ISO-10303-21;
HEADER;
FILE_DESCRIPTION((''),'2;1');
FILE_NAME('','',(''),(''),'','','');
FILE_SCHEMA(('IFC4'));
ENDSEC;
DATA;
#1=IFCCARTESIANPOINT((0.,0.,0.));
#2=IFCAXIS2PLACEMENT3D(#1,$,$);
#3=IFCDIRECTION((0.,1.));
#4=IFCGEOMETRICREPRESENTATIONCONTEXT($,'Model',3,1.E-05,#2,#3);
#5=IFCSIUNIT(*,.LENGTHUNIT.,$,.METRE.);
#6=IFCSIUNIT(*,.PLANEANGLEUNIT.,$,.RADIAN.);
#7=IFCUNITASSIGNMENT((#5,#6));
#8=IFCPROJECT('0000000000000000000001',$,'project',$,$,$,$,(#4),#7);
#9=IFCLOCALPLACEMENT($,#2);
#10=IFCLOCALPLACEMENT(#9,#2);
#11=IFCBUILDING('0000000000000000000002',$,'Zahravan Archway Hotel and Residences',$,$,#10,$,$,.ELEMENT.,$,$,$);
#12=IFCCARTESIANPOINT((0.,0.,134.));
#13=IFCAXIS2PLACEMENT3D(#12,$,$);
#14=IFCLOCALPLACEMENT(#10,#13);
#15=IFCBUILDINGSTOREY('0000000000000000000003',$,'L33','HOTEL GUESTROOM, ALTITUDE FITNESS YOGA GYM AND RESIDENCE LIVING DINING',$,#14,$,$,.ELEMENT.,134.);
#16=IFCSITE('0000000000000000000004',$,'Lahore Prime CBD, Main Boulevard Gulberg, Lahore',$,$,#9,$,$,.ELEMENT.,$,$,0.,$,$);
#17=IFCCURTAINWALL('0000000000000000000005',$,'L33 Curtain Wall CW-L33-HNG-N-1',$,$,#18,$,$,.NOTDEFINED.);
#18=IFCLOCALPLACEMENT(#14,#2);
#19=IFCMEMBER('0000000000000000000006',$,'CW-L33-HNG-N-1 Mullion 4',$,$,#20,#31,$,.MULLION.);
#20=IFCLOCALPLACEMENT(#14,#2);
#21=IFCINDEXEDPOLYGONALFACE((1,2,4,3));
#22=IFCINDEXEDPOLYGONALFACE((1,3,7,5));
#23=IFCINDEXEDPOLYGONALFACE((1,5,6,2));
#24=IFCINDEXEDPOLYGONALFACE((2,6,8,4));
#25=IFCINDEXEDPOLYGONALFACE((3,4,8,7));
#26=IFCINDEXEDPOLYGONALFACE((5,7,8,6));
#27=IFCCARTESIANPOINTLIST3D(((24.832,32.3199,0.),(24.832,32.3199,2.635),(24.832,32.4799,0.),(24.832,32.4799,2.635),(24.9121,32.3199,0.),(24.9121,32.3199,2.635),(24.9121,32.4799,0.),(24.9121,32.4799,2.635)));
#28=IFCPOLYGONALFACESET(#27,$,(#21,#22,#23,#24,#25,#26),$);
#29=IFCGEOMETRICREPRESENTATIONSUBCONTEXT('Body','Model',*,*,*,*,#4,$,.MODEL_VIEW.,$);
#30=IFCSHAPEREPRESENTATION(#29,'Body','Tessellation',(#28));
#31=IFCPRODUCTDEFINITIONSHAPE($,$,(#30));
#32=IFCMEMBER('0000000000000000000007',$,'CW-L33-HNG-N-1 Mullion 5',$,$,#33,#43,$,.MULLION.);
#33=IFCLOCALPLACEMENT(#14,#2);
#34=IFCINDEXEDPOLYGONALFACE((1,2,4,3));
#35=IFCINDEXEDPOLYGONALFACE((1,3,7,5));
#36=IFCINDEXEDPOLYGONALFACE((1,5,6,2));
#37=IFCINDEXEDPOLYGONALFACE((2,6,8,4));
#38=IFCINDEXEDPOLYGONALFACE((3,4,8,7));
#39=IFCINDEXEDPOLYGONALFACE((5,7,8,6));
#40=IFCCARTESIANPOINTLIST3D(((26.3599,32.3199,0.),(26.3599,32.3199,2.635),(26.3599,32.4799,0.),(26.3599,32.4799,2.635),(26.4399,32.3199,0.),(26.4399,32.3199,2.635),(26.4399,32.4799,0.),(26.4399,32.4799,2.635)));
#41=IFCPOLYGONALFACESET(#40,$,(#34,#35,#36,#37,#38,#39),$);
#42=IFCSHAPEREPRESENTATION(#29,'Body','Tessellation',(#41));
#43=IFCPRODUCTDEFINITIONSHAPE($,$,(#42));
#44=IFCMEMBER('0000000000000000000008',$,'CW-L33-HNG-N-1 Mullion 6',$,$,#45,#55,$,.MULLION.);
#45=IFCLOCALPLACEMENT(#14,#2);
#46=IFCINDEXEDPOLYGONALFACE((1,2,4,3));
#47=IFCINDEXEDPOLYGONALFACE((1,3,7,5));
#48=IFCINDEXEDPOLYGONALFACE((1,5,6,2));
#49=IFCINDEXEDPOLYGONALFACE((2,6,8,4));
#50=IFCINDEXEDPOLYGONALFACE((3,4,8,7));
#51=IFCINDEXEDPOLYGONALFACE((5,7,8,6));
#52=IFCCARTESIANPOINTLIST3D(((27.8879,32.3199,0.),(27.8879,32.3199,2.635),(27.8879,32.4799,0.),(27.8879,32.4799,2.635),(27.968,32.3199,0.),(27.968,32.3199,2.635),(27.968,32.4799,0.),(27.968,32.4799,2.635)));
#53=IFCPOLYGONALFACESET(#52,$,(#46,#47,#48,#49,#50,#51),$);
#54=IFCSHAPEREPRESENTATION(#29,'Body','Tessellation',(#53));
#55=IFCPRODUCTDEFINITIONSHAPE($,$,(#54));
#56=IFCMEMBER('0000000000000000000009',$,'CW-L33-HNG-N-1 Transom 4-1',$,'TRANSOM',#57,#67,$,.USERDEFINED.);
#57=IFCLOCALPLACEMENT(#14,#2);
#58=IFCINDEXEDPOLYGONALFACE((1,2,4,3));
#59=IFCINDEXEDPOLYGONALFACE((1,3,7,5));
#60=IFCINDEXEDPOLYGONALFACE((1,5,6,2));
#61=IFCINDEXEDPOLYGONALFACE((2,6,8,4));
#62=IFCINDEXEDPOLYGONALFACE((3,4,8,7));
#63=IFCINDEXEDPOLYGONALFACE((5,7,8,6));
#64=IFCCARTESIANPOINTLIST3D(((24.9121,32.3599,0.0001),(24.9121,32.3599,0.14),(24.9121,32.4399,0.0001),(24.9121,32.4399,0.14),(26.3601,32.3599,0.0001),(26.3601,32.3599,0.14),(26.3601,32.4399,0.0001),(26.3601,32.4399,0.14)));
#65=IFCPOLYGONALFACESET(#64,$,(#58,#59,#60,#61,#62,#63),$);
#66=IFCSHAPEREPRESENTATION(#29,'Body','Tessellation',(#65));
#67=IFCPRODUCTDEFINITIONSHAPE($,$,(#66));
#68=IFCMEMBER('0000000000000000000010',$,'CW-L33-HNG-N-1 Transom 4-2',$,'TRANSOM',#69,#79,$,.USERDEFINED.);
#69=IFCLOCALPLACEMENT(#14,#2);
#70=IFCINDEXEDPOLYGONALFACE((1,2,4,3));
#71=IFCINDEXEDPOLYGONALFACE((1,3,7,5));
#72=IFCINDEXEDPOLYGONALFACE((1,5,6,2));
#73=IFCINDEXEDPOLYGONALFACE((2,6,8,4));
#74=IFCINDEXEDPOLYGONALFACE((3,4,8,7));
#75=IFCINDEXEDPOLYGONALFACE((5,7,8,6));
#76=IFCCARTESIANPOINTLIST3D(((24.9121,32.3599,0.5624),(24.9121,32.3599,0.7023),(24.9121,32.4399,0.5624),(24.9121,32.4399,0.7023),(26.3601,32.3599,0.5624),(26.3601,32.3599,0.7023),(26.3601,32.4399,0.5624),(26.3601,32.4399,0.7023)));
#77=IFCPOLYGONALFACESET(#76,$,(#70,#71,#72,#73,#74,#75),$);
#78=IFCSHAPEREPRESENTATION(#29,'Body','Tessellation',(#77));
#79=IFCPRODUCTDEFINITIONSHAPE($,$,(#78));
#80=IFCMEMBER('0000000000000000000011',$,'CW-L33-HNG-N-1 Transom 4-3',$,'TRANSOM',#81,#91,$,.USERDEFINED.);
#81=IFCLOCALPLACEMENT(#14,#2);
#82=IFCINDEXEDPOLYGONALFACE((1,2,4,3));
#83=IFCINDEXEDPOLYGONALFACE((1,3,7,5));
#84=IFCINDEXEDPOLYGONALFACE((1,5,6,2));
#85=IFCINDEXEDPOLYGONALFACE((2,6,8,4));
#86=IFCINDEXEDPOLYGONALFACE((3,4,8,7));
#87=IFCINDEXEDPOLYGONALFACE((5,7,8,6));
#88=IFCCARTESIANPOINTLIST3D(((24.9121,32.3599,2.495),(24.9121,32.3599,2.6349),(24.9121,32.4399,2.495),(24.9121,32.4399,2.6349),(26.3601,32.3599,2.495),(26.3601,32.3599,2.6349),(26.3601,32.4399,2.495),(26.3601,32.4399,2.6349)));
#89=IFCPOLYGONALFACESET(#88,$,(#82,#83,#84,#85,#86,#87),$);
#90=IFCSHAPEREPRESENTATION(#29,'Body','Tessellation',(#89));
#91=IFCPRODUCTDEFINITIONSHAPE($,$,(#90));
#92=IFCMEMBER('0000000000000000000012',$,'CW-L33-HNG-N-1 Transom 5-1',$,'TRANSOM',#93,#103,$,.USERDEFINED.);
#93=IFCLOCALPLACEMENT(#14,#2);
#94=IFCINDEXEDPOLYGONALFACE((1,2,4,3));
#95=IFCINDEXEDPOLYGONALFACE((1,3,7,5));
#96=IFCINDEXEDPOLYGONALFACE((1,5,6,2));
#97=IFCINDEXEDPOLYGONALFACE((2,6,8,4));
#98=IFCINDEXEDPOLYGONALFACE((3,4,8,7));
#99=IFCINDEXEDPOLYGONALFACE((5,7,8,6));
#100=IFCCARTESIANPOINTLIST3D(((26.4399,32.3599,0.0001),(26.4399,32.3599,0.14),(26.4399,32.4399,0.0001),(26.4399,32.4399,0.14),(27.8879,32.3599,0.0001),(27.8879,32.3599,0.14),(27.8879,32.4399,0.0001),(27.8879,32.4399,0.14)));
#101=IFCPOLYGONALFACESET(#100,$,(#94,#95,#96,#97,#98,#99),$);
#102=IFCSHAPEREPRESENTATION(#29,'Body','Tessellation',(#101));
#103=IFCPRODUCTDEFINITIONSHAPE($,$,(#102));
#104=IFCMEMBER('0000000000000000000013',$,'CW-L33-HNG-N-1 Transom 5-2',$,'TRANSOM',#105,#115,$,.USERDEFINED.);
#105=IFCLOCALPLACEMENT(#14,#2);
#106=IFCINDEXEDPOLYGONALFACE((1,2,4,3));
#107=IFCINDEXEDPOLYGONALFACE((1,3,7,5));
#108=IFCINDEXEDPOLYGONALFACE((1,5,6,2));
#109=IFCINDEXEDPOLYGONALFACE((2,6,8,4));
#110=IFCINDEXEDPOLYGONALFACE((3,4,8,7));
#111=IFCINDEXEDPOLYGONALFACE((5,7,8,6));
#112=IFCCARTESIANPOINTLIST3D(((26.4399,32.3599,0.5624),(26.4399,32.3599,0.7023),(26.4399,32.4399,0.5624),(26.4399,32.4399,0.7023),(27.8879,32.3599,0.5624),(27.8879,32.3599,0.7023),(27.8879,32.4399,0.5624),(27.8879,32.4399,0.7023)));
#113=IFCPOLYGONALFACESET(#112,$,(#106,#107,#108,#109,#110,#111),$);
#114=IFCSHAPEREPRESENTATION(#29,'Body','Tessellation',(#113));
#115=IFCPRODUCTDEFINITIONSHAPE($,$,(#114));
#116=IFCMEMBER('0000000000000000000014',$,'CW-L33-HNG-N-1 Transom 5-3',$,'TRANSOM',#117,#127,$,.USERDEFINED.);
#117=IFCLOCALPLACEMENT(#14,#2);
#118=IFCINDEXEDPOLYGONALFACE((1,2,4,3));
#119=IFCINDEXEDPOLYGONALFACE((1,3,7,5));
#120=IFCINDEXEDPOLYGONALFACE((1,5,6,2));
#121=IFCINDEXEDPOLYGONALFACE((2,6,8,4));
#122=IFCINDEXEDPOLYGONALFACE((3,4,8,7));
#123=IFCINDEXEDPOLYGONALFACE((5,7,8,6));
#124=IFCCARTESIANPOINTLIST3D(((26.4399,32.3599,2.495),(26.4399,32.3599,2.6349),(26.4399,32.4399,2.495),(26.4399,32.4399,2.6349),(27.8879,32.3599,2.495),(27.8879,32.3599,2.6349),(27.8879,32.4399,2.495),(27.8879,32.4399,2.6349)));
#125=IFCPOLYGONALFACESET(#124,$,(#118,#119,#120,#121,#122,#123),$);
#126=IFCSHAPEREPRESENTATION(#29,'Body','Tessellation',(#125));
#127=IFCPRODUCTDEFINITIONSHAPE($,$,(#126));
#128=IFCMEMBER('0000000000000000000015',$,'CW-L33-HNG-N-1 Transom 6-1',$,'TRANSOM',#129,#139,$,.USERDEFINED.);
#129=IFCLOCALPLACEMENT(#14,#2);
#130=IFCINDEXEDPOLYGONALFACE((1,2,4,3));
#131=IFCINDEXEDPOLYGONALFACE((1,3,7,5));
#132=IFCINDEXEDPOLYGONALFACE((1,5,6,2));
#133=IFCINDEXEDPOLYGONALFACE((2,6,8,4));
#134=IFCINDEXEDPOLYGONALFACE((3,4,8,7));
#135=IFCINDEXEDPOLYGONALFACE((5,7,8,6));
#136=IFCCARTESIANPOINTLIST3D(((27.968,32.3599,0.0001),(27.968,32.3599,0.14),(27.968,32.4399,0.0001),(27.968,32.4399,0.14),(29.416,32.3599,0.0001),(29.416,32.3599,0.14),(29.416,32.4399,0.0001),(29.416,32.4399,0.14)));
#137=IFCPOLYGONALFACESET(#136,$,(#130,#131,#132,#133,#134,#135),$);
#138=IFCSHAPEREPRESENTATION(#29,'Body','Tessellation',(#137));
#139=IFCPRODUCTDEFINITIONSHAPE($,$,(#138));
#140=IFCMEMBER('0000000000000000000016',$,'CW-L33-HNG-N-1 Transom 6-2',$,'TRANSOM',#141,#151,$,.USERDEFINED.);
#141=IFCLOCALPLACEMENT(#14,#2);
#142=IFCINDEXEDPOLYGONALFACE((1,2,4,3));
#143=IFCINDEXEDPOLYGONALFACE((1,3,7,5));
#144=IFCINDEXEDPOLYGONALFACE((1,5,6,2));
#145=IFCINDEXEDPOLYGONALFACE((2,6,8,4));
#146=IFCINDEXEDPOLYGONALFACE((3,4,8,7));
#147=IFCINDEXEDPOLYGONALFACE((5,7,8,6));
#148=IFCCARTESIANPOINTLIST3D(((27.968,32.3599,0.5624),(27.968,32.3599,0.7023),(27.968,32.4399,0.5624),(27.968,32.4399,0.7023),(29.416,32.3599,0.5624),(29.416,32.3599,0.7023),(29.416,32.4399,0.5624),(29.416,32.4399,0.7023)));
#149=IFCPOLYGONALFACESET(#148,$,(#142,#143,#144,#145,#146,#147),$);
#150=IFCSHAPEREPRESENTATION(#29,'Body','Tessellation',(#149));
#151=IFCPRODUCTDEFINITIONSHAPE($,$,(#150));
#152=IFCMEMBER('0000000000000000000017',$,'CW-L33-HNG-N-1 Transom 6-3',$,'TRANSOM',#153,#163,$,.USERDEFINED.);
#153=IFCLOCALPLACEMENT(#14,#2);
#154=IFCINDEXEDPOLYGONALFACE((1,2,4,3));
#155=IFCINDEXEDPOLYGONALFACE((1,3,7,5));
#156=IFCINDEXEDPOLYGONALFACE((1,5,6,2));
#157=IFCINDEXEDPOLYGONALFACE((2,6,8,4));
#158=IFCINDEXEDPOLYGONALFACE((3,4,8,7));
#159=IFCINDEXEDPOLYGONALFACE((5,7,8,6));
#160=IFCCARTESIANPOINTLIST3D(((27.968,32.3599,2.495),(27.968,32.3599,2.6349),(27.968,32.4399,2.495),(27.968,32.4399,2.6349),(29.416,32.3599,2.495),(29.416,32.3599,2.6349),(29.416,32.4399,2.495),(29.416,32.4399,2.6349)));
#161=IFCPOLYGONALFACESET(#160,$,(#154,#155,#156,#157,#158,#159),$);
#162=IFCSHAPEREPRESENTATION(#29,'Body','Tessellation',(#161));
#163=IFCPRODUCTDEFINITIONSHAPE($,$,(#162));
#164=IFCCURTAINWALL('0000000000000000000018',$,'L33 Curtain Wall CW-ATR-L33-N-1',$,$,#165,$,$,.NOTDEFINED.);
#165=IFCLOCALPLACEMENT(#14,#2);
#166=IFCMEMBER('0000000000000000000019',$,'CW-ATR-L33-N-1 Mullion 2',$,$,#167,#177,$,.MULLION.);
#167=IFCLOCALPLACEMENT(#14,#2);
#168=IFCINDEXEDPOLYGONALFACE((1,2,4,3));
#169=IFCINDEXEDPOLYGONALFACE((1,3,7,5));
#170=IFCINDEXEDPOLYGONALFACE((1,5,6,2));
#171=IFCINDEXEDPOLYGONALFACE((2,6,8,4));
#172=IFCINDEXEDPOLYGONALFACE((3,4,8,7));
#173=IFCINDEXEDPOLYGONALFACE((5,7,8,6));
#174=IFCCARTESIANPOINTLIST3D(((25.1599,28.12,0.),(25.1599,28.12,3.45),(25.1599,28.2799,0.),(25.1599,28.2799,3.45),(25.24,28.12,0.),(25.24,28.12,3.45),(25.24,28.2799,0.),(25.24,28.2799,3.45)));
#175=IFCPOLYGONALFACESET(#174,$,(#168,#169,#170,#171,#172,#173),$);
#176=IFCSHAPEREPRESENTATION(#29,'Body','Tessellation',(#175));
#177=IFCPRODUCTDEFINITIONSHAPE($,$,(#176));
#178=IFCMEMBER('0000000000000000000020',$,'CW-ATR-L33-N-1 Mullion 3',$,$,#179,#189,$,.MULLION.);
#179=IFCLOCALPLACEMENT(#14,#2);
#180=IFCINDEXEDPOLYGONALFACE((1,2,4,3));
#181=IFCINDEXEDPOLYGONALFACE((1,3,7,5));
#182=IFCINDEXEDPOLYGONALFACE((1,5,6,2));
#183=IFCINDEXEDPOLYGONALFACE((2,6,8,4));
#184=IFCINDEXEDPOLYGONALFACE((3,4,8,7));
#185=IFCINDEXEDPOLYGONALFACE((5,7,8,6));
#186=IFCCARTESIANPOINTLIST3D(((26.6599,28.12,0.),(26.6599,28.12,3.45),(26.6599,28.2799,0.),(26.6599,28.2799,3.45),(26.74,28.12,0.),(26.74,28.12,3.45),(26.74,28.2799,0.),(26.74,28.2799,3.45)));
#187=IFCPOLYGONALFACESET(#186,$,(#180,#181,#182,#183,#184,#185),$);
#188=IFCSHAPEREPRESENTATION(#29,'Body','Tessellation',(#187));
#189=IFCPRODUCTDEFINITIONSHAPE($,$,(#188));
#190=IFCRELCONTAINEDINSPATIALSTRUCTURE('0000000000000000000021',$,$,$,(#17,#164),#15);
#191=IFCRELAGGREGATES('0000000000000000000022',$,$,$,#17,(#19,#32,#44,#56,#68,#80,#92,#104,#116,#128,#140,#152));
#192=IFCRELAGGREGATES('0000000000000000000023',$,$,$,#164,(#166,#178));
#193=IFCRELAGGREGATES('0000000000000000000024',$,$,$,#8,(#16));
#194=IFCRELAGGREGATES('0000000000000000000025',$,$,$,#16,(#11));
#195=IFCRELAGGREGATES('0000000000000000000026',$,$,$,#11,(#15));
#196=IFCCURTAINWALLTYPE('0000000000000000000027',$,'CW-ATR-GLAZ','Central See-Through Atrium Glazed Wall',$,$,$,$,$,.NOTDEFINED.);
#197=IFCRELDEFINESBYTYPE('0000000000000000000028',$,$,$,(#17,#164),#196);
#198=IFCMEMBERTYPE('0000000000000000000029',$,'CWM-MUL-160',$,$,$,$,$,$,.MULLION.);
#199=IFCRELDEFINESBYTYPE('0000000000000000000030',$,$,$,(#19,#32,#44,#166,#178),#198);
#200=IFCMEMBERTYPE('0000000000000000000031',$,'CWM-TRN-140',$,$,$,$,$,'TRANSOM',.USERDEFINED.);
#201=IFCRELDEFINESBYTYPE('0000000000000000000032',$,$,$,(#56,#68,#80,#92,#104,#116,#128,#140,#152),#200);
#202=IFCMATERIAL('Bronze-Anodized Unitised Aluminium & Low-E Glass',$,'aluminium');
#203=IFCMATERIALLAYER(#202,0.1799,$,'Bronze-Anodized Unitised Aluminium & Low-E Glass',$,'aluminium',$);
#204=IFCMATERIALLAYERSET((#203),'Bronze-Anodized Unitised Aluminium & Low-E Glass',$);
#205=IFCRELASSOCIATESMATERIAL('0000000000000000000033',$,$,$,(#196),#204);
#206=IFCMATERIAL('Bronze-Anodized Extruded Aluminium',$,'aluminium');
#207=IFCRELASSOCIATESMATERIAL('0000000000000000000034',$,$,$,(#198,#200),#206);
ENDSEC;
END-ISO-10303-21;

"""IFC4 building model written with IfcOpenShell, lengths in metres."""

from ifc_helpers import new_model, si_unit, direction, frame, origin, origin_2d, place, context, subcontext, project, spatial, rectangle, extrude, source, transform, mapped, material, layer, layer_set, material_profile, profile_set, type_object, element, aggregate, save


model = new_model("IFC4")

# Units and contexts
model_context = context("Model", 3, precision=1e-05, world=origin(), true_north=direction((0.0, 1.0)))
body_context = subcontext(model_context, "Body", "Model", "MODEL_VIEW")
ifc_project = project(units=[si_unit("LENGTHUNIT", "METRE"), si_unit("PLANEANGLEUNIT", "RADIAN")], contexts=[model_context])

# Site, building, storey
site_placement = place(None, origin())
site = spatial("IfcSite", under=ifc_project, at=site_placement, Name="Lahore Prime CBD, Main Boulevard Gulberg, Lahore", CompositionType="ELEMENT", RefElevation=0.0)
building_placement = place(site_placement, origin())
building = spatial("IfcBuilding", under=site, at=building_placement, Name="Zahravan Archway Hotel and Residences", CompositionType="ELEMENT")
storey_placement = place(building_placement, frame((0.0, 0.0, 134.0)))
storey = spatial("IfcBuildingStorey", under=building, at=storey_placement, Name="L33", Description="HOTEL GUESTROOM, ALTITUDE FITNESS YOGA GYM AND RESIDENCE LIVING DINING", CompositionType="ELEMENT", Elevation=134.0)

# Curtain walls, members
ifc_material_1 = material(Name="Bronze-Anodized Unitised Aluminium & Low-E Glass", Category="aluminium")
ifc_layer_1 = layer(ifc_material_1, 0.1799, Name="Bronze-Anodized Unitised Aluminium & Low-E Glass", Category="aluminium")
ifc_layer_set_1 = layer_set([ifc_layer_1], Name="Bronze-Anodized Unitised Aluminium & Low-E Glass")
curtain_wall_type = type_object("IfcCurtainWallType", Name="CW-ATR-GLAZ", Description="Central See-Through Atrium Glazed Wall", PredefinedType="NOTDEFINED", material=ifc_layer_set_1)
curtain_wall_1_placement = place(storey_placement, origin())
curtain_wall_1 = element("IfcCurtainWall", 1, at=curtain_wall_1_placement, inside=storey, type_object=curtain_wall_type, Name="L33 Curtain Wall CW-L33-HNG-N-1", PredefinedType="NOTDEFINED")
ifc_material_2 = material(Name="Bronze-Anodized Extruded Aluminium", Category="aluminium")
ifc_material_profile_1 = material_profile(ifc_material_2, rectangle(XDim=0.0801, YDim=0.1599, at=origin_2d()), Name="MUL 80x160", Category="aluminium")
ifc_profile_set_1 = profile_set([ifc_material_profile_1], Name="Bronze-Anodized Extruded Aluminium")
member_type_1 = type_object("IfcMemberType", Name="CWM-MUL-160", PredefinedType="MULLION", material=ifc_profile_set_1)
shared_shape_1 = source(origin(), body_context, "Body", "SweptSolid", [
    extrude(rectangle(XDim=0.0801, YDim=0.1599, at=origin_2d()), origin(), (0.0, 0.0, 1.0), 2.635),
])
member_1_placement = place(storey_placement, frame((24.8721, 32.3999, 0.0), z_axis=(0.0, 0.0, 1.0), x_axis=(1.0, 0.0, 0.0)))
member_1 = element("IfcMember", 2, at=member_1_placement, type_object=member_type_1, Name="CW-L33-HNG-N-1 Mullion 4", PredefinedType="MULLION", context=body_context, shape_type="MappedRepresentation", body=[
    mapped(shared_shape_1, transform((0.0, 0.0, 0.0), scale=1.0)),
])
member_2_placement = place(storey_placement, frame((26.3999, 32.3999, 0.0), z_axis=(0.0, 0.0, 1.0), x_axis=(1.0, 0.0, 0.0)))
member_2 = element("IfcMember", 3, at=member_2_placement, type_object=member_type_1, Name="CW-L33-HNG-N-1 Mullion 5", PredefinedType="MULLION", context=body_context, shape_type="MappedRepresentation", body=[
    mapped(shared_shape_1, transform((0.0, 0.0, 0.0), scale=1.0)),
])
member_3_placement = place(storey_placement, frame((27.928, 32.3999, 0.0), z_axis=(0.0, 0.0, 1.0), x_axis=(1.0, 0.0, 0.0)))
member_3 = element("IfcMember", 4, at=member_3_placement, type_object=member_type_1, Name="CW-L33-HNG-N-1 Mullion 6", PredefinedType="MULLION", context=body_context, shape_type="MappedRepresentation", body=[
    mapped(shared_shape_1, transform((0.0, 0.0, 0.0), scale=1.0)),
])
ifc_material_profile_2 = material_profile(ifc_material_2, rectangle(XDim=0.0801, YDim=0.1399, at=origin_2d()), Name="TRN 80x140", Category="aluminium")
ifc_profile_set_2 = profile_set([ifc_material_profile_2], Name="Bronze-Anodized Extruded Aluminium")
member_type_2 = type_object("IfcMemberType", Name="CWM-TRN-140", ElementType="TRANSOM", PredefinedType="USERDEFINED", material=ifc_profile_set_2)
shared_shape_2 = source(origin(), body_context, "Body", "SweptSolid", [
    extrude(rectangle(XDim=0.0801, YDim=0.1399, at=origin_2d()), origin(), (0.0, 0.0, 1.0), 1.448),
])
member_4_placement = place(storey_placement, frame((24.9121, 32.3999, 0.0701), z_axis=(1.0, 0.0, 0.0), x_axis=(0.0, 1.0, 0.0)))
member_4 = element("IfcMember", 5, at=member_4_placement, type_object=member_type_2, Name="CW-L33-HNG-N-1 Transom 4-1", ObjectType="TRANSOM", PredefinedType="USERDEFINED", context=body_context, shape_type="MappedRepresentation", body=[
    mapped(shared_shape_2, transform((0.0, 0.0, 0.0), scale=1.0)),
])
member_5_placement = place(storey_placement, frame((24.9121, 32.3999, 0.6323), z_axis=(1.0, 0.0, 0.0), x_axis=(0.0, 1.0, 0.0)))
member_5 = element("IfcMember", 6, at=member_5_placement, type_object=member_type_2, Name="CW-L33-HNG-N-1 Transom 4-2", ObjectType="TRANSOM", PredefinedType="USERDEFINED", context=body_context, shape_type="MappedRepresentation", body=[
    mapped(shared_shape_2, transform((0.0, 0.0, 0.0), scale=1.0)),
])
member_6_placement = place(storey_placement, frame((24.9121, 32.3999, 2.5649), z_axis=(1.0, 0.0, 0.0), x_axis=(0.0, 1.0, 0.0)))
member_6 = element("IfcMember", 7, at=member_6_placement, type_object=member_type_2, Name="CW-L33-HNG-N-1 Transom 4-3", ObjectType="TRANSOM", PredefinedType="USERDEFINED", context=body_context, shape_type="MappedRepresentation", body=[
    mapped(shared_shape_2, transform((0.0, 0.0, 0.0), scale=1.0)),
])
member_7_placement = place(storey_placement, frame((26.4399, 32.3999, 0.0701), z_axis=(1.0, 0.0, 0.0), x_axis=(0.0, 1.0, 0.0)))
member_7 = element("IfcMember", 8, at=member_7_placement, type_object=member_type_2, Name="CW-L33-HNG-N-1 Transom 5-1", ObjectType="TRANSOM", PredefinedType="USERDEFINED", context=body_context, shape_type="MappedRepresentation", body=[
    mapped(shared_shape_2, transform((0.0, 0.0, 0.0), scale=1.0)),
])
member_8_placement = place(storey_placement, frame((26.4399, 32.3999, 0.6323), z_axis=(1.0, 0.0, 0.0), x_axis=(0.0, 1.0, 0.0)))
member_8 = element("IfcMember", 9, at=member_8_placement, type_object=member_type_2, Name="CW-L33-HNG-N-1 Transom 5-2", ObjectType="TRANSOM", PredefinedType="USERDEFINED", context=body_context, shape_type="MappedRepresentation", body=[
    mapped(shared_shape_2, transform((0.0, 0.0, 0.0), scale=1.0)),
])
member_9_placement = place(storey_placement, frame((26.4399, 32.3999, 2.5649), z_axis=(1.0, 0.0, 0.0), x_axis=(0.0, 1.0, 0.0)))
member_9 = element("IfcMember", 10, at=member_9_placement, type_object=member_type_2, Name="CW-L33-HNG-N-1 Transom 5-3", ObjectType="TRANSOM", PredefinedType="USERDEFINED", context=body_context, shape_type="MappedRepresentation", body=[
    mapped(shared_shape_2, transform((0.0, 0.0, 0.0), scale=1.0)),
])
member_10_placement = place(storey_placement, frame((27.968, 32.3999, 0.0701), z_axis=(1.0, 0.0, 0.0), x_axis=(0.0, 1.0, 0.0)))
member_10 = element("IfcMember", 11, at=member_10_placement, type_object=member_type_2, Name="CW-L33-HNG-N-1 Transom 6-1", ObjectType="TRANSOM", PredefinedType="USERDEFINED", context=body_context, shape_type="MappedRepresentation", body=[
    mapped(shared_shape_2, transform((0.0, 0.0, 0.0), scale=1.0)),
])
member_11_placement = place(storey_placement, frame((27.968, 32.3999, 0.6323), z_axis=(1.0, 0.0, 0.0), x_axis=(0.0, 1.0, 0.0)))
member_11 = element("IfcMember", 12, at=member_11_placement, type_object=member_type_2, Name="CW-L33-HNG-N-1 Transom 6-2", ObjectType="TRANSOM", PredefinedType="USERDEFINED", context=body_context, shape_type="MappedRepresentation", body=[
    mapped(shared_shape_2, transform((0.0, 0.0, 0.0), scale=1.0)),
])
member_12_placement = place(storey_placement, frame((27.968, 32.3999, 2.5649), z_axis=(1.0, 0.0, 0.0), x_axis=(0.0, 1.0, 0.0)))
member_12 = element("IfcMember", 13, at=member_12_placement, type_object=member_type_2, Name="CW-L33-HNG-N-1 Transom 6-3", ObjectType="TRANSOM", PredefinedType="USERDEFINED", context=body_context, shape_type="MappedRepresentation", body=[
    mapped(shared_shape_2, transform((0.0, 0.0, 0.0), scale=1.0)),
])
curtain_wall_2_placement = place(storey_placement, origin())
curtain_wall_2 = element("IfcCurtainWall", 14, at=curtain_wall_2_placement, inside=storey, type_object=curtain_wall_type, Name="L33 Curtain Wall CW-ATR-L33-N-1", PredefinedType="NOTDEFINED")
shared_shape_3 = source(origin(), body_context, "Body", "SweptSolid", [
    extrude(rectangle(XDim=0.0801, YDim=0.1599, at=origin_2d()), origin(), (0.0, 0.0, 1.0), 3.45),
])
member_13_placement = place(storey_placement, frame((25.2, 28.2, 0.0), z_axis=(0.0, 0.0, 1.0), x_axis=(1.0, 0.0, 0.0)))
member_13 = element("IfcMember", 15, at=member_13_placement, type_object=member_type_1, Name="CW-ATR-L33-N-1 Mullion 2", PredefinedType="MULLION", context=body_context, shape_type="MappedRepresentation", body=[
    mapped(shared_shape_3, transform((0.0, 0.0, 0.0), scale=1.0)),
])
member_14_placement = place(storey_placement, frame((26.7, 28.2, 0.0), z_axis=(0.0, 0.0, 1.0), x_axis=(1.0, 0.0, 0.0)))
member_14 = element("IfcMember", 16, at=member_14_placement, type_object=member_type_1, Name="CW-ATR-L33-N-1 Mullion 3", PredefinedType="MULLION", context=body_context, shape_type="MappedRepresentation", body=[
    mapped(shared_shape_3, transform((0.0, 0.0, 0.0), scale=1.0)),
])

aggregate(curtain_wall_1, [member_1, member_2, member_3, member_4, member_5, member_6, member_7, member_8, member_9, member_10, member_11, member_12])
aggregate(curtain_wall_2, [member_13, member_14])

save(model, "model.ifc")
